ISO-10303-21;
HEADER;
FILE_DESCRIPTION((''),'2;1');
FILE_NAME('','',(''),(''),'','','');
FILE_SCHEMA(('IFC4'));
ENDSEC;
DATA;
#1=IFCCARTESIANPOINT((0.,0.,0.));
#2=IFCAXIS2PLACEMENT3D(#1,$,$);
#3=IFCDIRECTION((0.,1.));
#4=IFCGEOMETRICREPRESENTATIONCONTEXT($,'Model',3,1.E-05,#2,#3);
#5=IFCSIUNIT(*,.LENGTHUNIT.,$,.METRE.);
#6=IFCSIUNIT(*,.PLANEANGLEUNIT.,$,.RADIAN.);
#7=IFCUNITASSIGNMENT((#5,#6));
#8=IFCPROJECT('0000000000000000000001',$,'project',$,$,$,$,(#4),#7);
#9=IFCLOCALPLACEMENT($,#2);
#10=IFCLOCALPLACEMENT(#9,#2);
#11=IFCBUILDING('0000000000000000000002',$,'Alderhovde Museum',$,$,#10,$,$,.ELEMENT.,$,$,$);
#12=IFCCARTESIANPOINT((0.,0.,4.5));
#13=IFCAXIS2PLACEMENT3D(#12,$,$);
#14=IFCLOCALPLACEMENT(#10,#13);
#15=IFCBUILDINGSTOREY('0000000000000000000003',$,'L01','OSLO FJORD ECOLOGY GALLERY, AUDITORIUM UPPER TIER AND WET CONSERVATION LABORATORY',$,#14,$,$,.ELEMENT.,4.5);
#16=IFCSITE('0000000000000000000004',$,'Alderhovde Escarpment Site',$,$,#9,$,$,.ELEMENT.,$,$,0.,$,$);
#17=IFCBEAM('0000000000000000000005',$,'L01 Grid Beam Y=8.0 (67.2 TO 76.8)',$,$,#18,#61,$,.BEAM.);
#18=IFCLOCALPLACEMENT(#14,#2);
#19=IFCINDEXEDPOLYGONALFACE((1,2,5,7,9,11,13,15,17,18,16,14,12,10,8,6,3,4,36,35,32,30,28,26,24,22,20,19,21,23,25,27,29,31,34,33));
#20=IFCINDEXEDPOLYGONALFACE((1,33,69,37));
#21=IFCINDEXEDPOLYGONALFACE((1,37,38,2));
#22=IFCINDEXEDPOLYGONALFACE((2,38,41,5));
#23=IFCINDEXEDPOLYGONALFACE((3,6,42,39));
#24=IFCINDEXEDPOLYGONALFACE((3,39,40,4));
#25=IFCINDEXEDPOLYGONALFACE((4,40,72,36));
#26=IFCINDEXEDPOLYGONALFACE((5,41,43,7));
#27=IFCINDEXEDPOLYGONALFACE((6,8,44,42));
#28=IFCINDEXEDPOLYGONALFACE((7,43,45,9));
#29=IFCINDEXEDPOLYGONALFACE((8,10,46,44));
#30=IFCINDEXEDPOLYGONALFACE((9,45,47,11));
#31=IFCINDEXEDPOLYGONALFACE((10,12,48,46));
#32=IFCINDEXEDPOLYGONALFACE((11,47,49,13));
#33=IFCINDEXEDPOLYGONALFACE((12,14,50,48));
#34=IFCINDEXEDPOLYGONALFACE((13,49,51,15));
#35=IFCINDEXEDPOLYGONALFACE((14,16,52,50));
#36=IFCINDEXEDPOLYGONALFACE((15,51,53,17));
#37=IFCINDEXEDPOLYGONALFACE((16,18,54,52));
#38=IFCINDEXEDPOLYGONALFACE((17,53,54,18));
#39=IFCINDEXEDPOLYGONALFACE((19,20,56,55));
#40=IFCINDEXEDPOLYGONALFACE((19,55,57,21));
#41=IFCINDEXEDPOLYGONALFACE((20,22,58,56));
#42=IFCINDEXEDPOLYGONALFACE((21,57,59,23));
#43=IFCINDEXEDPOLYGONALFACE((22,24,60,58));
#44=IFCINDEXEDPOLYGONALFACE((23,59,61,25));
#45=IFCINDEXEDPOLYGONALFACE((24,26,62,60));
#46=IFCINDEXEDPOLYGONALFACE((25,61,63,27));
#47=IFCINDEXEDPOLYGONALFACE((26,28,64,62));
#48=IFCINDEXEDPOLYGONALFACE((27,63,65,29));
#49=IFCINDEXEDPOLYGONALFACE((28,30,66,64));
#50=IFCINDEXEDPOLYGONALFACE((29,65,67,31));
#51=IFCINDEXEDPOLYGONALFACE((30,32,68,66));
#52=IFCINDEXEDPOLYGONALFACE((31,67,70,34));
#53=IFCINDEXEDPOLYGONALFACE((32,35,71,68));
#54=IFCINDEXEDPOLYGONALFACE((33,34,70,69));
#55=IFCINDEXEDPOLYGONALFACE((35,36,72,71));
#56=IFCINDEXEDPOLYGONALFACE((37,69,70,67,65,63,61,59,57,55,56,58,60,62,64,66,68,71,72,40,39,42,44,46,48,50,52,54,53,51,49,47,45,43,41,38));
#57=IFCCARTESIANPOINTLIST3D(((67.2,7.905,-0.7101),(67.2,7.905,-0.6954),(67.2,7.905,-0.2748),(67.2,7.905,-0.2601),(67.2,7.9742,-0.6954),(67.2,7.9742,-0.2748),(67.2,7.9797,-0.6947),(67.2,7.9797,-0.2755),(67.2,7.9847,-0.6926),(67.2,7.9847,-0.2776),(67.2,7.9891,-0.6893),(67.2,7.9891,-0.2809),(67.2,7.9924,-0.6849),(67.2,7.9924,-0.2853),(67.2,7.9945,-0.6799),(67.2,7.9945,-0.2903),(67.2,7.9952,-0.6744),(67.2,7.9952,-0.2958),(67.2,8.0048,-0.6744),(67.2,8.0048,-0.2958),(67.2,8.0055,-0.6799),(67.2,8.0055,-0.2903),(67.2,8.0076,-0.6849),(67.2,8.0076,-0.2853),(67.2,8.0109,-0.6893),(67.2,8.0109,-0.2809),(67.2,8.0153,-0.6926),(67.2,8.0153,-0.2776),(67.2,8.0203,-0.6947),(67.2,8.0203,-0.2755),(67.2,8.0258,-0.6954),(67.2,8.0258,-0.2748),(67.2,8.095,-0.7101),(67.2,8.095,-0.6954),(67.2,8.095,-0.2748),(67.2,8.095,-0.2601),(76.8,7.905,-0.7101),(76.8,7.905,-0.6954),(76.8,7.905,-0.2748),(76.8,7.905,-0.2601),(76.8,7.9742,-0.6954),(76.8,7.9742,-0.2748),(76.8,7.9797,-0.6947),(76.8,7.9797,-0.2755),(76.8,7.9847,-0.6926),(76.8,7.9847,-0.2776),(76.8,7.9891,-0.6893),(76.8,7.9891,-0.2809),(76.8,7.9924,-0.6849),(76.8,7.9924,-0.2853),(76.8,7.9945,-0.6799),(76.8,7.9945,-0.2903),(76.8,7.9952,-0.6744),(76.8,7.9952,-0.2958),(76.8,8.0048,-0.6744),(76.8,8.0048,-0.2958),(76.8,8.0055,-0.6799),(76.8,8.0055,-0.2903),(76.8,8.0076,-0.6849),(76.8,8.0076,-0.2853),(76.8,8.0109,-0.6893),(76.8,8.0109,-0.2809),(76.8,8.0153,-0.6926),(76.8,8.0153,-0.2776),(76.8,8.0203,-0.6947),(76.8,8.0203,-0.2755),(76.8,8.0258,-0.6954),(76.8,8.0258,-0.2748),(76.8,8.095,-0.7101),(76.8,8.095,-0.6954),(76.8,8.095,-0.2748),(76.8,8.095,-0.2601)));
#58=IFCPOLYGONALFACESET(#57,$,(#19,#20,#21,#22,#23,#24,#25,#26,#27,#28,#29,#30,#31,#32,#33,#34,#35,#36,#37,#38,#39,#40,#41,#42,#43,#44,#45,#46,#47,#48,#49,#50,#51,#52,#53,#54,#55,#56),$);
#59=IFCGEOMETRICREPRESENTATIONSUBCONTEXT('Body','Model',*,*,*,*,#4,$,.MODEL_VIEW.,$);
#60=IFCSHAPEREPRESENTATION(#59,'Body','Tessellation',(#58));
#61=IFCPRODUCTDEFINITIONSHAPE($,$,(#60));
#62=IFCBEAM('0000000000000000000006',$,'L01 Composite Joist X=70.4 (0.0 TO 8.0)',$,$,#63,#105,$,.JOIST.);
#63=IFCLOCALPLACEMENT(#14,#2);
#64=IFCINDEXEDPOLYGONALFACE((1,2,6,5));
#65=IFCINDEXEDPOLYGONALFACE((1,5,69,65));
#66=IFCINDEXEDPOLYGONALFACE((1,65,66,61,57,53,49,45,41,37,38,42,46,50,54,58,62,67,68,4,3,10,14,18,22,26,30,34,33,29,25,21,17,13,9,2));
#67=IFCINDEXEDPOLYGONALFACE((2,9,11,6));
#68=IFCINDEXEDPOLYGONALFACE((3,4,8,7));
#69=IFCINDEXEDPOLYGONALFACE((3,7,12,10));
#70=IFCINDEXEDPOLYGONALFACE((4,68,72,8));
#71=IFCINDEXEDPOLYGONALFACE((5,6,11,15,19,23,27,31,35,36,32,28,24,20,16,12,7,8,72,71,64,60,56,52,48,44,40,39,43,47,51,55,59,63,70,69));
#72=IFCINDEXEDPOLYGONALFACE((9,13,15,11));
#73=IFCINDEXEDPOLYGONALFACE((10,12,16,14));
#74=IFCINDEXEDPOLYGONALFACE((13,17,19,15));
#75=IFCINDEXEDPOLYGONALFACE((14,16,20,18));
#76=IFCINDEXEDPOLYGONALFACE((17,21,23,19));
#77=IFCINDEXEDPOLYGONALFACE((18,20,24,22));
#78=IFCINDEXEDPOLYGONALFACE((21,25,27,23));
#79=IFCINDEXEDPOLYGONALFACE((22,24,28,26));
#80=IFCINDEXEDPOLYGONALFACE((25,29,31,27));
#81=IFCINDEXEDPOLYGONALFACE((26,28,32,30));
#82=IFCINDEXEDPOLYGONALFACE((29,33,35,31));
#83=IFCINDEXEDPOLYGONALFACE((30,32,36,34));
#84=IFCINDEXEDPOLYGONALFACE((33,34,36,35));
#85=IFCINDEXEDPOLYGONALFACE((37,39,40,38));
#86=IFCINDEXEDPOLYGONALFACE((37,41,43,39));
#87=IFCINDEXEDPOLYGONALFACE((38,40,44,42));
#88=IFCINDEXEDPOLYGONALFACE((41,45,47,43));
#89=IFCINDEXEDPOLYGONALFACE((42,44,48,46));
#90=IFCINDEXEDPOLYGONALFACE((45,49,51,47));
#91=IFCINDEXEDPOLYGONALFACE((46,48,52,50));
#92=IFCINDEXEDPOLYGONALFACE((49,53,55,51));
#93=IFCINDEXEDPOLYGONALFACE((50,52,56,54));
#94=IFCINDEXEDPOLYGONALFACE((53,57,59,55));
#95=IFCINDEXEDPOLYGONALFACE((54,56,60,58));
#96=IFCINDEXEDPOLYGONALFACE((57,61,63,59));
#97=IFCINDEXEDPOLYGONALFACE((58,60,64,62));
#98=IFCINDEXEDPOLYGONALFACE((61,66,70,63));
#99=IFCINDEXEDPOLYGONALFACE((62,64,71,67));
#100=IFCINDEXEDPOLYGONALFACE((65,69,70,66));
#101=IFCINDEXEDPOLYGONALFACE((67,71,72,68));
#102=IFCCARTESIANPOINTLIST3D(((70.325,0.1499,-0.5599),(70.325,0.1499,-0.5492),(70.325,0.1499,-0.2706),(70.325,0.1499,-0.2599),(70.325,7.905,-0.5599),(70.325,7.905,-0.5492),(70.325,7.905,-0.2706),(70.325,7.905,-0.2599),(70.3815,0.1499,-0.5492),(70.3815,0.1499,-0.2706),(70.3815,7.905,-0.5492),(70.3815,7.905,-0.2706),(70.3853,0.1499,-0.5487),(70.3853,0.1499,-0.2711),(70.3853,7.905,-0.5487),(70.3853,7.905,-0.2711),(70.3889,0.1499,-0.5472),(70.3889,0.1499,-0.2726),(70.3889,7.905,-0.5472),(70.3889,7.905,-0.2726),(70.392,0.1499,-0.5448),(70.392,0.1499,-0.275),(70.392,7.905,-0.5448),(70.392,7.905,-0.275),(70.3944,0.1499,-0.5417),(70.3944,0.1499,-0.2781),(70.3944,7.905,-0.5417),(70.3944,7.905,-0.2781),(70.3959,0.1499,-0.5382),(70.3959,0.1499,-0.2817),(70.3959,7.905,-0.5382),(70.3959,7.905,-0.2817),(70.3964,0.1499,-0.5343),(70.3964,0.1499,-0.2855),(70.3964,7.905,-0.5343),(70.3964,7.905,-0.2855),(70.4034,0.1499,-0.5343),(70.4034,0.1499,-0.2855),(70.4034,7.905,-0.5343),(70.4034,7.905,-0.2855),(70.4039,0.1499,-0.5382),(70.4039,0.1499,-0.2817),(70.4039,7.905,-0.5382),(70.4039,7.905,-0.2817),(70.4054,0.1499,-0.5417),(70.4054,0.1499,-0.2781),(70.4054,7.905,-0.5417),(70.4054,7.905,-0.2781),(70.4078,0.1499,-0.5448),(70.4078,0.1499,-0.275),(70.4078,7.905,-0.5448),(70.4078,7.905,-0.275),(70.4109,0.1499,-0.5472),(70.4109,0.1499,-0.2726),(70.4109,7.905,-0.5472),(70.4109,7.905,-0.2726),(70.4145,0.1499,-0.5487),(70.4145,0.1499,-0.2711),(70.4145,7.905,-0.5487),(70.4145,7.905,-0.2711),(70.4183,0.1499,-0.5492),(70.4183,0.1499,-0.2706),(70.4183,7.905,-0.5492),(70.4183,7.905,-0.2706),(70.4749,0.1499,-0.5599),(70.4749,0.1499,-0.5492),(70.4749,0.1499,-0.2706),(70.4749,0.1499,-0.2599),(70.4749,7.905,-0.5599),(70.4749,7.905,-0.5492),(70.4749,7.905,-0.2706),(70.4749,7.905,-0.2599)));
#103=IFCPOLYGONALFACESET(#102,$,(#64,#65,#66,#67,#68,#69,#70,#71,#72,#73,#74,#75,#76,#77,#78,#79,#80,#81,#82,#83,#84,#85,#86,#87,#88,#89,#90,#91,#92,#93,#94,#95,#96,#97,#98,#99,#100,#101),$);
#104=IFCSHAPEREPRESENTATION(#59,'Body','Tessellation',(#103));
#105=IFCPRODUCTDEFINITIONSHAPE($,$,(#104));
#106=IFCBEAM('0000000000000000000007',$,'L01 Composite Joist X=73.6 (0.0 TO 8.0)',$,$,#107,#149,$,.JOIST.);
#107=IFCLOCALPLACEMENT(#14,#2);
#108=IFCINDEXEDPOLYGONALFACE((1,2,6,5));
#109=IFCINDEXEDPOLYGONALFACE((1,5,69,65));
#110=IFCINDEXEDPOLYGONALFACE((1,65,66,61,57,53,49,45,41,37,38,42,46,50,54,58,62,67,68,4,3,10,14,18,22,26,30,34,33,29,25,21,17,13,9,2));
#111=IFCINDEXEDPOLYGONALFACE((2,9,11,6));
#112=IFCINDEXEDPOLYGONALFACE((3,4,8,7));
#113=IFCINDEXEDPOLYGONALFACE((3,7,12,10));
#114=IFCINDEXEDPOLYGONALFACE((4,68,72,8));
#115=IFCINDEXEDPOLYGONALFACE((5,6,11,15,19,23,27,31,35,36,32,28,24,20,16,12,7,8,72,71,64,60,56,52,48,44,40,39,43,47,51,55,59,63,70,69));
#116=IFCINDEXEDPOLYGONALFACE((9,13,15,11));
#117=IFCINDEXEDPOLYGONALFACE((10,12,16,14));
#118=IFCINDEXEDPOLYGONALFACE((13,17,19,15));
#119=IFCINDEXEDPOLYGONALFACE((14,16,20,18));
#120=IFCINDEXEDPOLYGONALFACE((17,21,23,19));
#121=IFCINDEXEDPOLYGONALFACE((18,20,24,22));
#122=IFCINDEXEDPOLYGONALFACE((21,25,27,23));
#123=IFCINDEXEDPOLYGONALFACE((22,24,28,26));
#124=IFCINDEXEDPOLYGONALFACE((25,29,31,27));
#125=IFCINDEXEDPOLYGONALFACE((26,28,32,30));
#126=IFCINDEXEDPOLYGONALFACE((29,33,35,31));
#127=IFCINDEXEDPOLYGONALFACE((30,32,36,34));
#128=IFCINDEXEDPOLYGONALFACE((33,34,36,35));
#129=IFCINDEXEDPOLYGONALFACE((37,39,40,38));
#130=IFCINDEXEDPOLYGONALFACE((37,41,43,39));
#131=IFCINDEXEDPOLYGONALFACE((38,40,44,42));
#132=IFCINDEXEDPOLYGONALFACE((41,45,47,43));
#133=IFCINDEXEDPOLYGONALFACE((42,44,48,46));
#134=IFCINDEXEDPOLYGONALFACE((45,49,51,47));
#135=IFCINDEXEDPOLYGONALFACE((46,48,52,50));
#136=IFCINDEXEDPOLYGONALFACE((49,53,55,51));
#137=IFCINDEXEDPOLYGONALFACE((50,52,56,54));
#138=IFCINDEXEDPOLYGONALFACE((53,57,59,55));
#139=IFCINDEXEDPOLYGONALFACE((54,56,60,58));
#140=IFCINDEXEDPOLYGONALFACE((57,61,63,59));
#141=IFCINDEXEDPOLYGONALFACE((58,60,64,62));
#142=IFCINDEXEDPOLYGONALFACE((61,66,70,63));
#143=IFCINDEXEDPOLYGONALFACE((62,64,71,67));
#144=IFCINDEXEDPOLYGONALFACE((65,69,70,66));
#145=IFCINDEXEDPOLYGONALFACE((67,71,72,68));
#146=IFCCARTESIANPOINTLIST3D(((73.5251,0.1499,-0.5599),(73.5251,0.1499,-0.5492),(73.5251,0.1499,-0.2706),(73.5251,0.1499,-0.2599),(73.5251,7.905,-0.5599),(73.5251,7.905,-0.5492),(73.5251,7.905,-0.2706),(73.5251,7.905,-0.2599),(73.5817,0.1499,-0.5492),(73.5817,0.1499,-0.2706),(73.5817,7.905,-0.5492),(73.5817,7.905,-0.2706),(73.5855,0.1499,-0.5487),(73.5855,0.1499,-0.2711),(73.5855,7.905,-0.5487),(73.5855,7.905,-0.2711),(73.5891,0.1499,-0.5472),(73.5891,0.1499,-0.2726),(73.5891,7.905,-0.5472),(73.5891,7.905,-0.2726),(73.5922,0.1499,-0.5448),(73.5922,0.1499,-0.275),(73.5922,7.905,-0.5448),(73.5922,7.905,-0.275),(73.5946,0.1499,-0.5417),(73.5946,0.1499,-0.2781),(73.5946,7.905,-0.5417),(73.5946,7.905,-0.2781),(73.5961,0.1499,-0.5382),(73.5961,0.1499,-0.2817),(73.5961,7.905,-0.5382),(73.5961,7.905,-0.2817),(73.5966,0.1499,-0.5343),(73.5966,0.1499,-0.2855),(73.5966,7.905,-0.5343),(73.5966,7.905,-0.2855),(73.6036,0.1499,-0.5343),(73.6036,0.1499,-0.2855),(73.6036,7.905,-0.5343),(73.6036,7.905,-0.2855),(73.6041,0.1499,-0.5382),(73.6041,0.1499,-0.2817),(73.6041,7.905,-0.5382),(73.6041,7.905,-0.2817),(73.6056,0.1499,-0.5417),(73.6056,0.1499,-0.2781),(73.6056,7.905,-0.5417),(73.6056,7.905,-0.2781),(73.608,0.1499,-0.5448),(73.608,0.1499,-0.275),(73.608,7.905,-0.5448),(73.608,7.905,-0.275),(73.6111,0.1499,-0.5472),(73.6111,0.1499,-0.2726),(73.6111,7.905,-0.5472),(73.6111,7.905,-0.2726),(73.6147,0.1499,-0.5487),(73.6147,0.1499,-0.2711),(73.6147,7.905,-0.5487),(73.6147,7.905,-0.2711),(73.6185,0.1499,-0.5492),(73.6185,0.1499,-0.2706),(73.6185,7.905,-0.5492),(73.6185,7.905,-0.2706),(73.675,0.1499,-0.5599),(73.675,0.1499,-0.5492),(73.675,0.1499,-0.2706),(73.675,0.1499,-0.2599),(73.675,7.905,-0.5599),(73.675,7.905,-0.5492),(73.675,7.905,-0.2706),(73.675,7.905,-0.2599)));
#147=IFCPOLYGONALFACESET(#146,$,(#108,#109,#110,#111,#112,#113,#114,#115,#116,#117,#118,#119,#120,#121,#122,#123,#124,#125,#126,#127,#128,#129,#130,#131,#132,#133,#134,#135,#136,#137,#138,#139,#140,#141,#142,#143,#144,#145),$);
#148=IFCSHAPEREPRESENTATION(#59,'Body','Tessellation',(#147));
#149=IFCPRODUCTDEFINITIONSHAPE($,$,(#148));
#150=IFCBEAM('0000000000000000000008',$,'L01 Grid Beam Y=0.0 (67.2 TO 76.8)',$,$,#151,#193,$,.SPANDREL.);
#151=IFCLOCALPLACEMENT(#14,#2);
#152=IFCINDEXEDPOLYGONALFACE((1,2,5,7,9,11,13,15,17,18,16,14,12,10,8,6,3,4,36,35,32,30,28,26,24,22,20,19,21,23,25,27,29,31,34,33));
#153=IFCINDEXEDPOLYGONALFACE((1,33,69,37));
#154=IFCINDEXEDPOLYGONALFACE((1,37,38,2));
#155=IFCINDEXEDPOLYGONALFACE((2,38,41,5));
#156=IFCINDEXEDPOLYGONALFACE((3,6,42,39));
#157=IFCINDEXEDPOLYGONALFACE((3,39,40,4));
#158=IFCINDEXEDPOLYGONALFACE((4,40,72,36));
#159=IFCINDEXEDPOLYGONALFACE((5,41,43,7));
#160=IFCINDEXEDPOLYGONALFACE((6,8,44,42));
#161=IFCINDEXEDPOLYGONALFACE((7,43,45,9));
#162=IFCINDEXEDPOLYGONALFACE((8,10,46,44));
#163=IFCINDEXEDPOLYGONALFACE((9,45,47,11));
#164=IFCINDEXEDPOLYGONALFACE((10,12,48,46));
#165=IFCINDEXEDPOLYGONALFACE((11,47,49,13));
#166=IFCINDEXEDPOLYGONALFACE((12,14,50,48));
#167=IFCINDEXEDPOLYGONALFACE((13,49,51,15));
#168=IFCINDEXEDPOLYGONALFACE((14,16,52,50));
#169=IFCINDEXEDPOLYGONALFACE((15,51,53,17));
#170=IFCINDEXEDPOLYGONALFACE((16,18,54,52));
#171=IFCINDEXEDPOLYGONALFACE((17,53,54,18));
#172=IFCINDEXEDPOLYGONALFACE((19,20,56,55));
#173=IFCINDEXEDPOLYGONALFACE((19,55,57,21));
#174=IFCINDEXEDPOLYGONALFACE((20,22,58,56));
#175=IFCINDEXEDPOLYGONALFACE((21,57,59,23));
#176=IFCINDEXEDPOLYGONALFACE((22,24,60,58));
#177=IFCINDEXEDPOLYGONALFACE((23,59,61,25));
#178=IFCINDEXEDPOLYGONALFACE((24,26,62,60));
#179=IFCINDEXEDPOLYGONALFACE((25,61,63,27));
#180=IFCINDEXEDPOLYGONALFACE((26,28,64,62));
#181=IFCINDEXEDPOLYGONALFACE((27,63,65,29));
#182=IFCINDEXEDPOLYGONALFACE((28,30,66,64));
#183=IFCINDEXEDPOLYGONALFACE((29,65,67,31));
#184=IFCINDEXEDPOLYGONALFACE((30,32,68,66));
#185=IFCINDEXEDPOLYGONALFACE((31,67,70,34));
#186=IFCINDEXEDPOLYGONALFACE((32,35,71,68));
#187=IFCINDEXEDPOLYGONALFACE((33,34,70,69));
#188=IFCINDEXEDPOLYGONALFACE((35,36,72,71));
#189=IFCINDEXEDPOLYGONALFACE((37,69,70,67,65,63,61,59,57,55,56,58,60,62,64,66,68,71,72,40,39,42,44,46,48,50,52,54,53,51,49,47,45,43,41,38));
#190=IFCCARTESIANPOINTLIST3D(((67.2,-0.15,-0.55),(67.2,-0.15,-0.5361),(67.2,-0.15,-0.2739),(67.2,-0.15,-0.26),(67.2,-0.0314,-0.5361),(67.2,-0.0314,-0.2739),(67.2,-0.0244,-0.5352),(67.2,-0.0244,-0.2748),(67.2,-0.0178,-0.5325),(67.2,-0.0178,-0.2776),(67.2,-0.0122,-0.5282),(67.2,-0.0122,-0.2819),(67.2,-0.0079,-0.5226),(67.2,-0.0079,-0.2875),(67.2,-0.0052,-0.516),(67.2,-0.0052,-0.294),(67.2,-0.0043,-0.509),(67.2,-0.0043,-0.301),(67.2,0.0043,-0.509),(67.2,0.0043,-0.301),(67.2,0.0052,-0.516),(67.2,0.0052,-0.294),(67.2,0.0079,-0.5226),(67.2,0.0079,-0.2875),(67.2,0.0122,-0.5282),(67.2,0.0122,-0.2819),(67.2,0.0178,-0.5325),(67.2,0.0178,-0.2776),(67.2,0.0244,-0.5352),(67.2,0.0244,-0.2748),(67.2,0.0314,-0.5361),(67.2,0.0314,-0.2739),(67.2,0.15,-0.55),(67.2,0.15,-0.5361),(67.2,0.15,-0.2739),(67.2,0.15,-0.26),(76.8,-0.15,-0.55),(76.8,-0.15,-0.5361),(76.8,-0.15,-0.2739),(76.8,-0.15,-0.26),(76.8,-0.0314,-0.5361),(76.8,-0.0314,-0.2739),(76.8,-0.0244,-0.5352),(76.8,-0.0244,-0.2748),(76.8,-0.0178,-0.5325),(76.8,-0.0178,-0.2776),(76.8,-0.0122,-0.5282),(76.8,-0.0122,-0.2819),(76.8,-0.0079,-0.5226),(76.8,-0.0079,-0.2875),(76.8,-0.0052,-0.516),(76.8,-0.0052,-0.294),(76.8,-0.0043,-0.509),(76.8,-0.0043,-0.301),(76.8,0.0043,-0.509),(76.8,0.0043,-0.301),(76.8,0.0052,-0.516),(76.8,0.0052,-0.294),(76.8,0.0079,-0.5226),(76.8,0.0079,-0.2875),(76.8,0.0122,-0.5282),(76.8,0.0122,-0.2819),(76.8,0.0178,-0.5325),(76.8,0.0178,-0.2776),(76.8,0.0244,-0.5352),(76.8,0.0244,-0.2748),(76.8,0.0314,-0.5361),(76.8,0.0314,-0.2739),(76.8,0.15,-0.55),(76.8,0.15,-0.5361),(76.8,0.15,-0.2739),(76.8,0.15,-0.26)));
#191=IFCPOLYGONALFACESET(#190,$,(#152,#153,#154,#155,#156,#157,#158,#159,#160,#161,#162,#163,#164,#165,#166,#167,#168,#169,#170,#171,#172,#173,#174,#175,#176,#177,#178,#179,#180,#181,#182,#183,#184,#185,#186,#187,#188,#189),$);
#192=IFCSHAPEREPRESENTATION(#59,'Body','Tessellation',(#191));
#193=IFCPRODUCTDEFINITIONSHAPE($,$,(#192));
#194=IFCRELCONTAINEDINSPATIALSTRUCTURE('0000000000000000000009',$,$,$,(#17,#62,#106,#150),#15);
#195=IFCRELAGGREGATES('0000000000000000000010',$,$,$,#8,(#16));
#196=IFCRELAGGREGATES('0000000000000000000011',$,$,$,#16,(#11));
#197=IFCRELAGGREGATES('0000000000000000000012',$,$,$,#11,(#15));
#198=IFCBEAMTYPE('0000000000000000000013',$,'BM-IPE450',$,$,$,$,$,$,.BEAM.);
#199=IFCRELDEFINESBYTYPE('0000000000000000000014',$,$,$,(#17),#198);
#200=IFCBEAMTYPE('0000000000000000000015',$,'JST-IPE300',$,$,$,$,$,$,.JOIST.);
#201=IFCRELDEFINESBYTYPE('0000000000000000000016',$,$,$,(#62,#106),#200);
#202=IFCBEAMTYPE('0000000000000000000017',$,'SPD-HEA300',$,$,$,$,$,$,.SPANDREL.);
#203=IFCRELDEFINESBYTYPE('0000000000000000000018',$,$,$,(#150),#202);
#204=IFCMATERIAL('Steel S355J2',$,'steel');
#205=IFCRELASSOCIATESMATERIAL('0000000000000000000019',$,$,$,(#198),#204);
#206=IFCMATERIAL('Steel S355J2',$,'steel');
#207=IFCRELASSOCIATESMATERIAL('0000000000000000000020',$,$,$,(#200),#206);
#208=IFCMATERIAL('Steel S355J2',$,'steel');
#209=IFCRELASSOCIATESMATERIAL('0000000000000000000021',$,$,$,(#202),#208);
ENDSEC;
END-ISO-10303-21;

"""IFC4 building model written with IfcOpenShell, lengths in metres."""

from ifc_helpers import new_model, si_unit, direction, frame, origin, origin_2d, place, context, subcontext, project, spatial, i_section, extrude, material, material_profile, profile_set, type_object, element, save


model = new_model("IFC4")

# Units and contexts
model_context = context("Model", 3, precision=1e-05, world=origin(), true_north=direction((0.0, 1.0)))
body_context = subcontext(model_context, "Body", "Model", "MODEL_VIEW")
ifc_project = project(units=[si_unit("LENGTHUNIT", "METRE"), si_unit("PLANEANGLEUNIT", "RADIAN")], contexts=[model_context])

# Site, building, storey
site_placement = place(None, origin())
site = spatial("IfcSite", under=ifc_project, at=site_placement, Name="Alderhovde Escarpment Site", CompositionType="ELEMENT", RefElevation=0.0)
building_placement = place(site_placement, origin())
building = spatial("IfcBuilding", under=site, at=building_placement, Name="Alderhovde Museum", CompositionType="ELEMENT")
storey_placement = place(building_placement, frame((0.0, 0.0, 4.5)))
storey = spatial("IfcBuildingStorey", under=building, at=storey_placement, Name="L01", Description="OSLO FJORD ECOLOGY GALLERY, AUDITORIUM UPPER TIER AND WET CONSERVATION LABORATORY", CompositionType="ELEMENT", Elevation=4.5)

# Beams
ifc_material_1 = material(Name="Steel S355J2", Category="steel")
ifc_material_profile_1 = material_profile(ifc_material_1, i_section(OverallWidth=0.1899, OverallDepth=0.45, WebThickness=0.0095, FlangeThickness=0.0146, FilletRadius=0.021, at=origin_2d()), Name="IPE 450")
ifc_profile_set_1 = profile_set([ifc_material_profile_1], Name="Steel S355J2")
beam_type_1 = type_object("IfcBeamType", Name="BM-IPE450", PredefinedType="BEAM", material=ifc_profile_set_1)
beam_1_placement = place(storey_placement, frame((67.2, 8.0, -0.4851), z_axis=(1.0, 0.0, 0.0), x_axis=(0.0, 1.0, 0.0)))
element("IfcBeam", 1, at=beam_1_placement, inside=storey, type_object=beam_type_1, Name="L01 Grid Beam Y=8.0 (67.2 TO 76.8)", PredefinedType="BEAM", context=body_context, shape_type="SweptSolid", body=[
    extrude(i_section(OverallWidth=0.1899, OverallDepth=0.45, WebThickness=0.0095, FlangeThickness=0.0146, FilletRadius=0.021, at=origin_2d()), origin(), (0.0, 0.0, 1.0), 9.6001),
])
ifc_material_2 = material(Name="Steel S355J2", Category="steel")
ifc_material_profile_2 = material_profile(ifc_material_2, i_section(OverallWidth=0.1499, OverallDepth=0.3, WebThickness=0.0071, FlangeThickness=0.0107, FilletRadius=0.0149, at=origin_2d()), Name="IPE 300")
ifc_profile_set_2 = profile_set([ifc_material_profile_2], Name="Steel S355J2")
beam_type_2 = type_object("IfcBeamType", Name="JST-IPE300", PredefinedType="JOIST", material=ifc_profile_set_2)
for number, where, z_axis, x_axis, name in (
    (2, (70.3999, 0.1499, -0.4099), (0.0, 1.0, 0.0), (-1.0, 0.0, 0.0), "L01 Composite Joist X=70.4 (0.0 TO 8.0)"),
    (3, (73.6001, 0.1499, -0.4099), (0.0, 1.0, 0.0), (-1.0, 0.0, 0.0), "L01 Composite Joist X=73.6 (0.0 TO 8.0)"),
):
    element("IfcBeam", number, at=place(storey_placement, frame(where, z_axis=z_axis, x_axis=x_axis)), inside=storey, type_object=beam_type_2, Name=name, PredefinedType="JOIST", context=body_context, shape_type="SweptSolid", body=[
        extrude(i_section(OverallWidth=0.1499, OverallDepth=0.3, WebThickness=0.0071, FlangeThickness=0.0107, FilletRadius=0.0149, at=origin_2d()), origin(), (0.0, 0.0, 1.0), 7.7551),
    ])
ifc_material_3 = material(Name="Steel S355J2", Category="steel")
ifc_material_profile_3 = material_profile(ifc_material_3, i_section(OverallWidth=0.3, OverallDepth=0.29, WebThickness=0.0085, FlangeThickness=0.0139, FilletRadius=0.0271, at=origin_2d()), Name="HEA 300")
ifc_profile_set_3 = profile_set([ifc_material_profile_3], Name="Steel S355J2")
beam_type_3 = type_object("IfcBeamType", Name="SPD-HEA300", PredefinedType="SPANDREL", material=ifc_profile_set_3)
beam_2_placement = place(storey_placement, frame((67.2, 0.0, -0.405), z_axis=(1.0, 0.0, 0.0), x_axis=(0.0, 1.0, 0.0)))
element("IfcBeam", 4, at=beam_2_placement, inside=storey, type_object=beam_type_3, Name="L01 Grid Beam Y=0.0 (67.2 TO 76.8)", PredefinedType="SPANDREL", context=body_context, shape_type="SweptSolid", body=[
    extrude(i_section(OverallWidth=0.3, OverallDepth=0.29, WebThickness=0.0085, FlangeThickness=0.0139, FilletRadius=0.0271, at=origin_2d()), origin(), (0.0, 0.0, 1.0), 9.6001),
])

save(model, "model.ifc")
